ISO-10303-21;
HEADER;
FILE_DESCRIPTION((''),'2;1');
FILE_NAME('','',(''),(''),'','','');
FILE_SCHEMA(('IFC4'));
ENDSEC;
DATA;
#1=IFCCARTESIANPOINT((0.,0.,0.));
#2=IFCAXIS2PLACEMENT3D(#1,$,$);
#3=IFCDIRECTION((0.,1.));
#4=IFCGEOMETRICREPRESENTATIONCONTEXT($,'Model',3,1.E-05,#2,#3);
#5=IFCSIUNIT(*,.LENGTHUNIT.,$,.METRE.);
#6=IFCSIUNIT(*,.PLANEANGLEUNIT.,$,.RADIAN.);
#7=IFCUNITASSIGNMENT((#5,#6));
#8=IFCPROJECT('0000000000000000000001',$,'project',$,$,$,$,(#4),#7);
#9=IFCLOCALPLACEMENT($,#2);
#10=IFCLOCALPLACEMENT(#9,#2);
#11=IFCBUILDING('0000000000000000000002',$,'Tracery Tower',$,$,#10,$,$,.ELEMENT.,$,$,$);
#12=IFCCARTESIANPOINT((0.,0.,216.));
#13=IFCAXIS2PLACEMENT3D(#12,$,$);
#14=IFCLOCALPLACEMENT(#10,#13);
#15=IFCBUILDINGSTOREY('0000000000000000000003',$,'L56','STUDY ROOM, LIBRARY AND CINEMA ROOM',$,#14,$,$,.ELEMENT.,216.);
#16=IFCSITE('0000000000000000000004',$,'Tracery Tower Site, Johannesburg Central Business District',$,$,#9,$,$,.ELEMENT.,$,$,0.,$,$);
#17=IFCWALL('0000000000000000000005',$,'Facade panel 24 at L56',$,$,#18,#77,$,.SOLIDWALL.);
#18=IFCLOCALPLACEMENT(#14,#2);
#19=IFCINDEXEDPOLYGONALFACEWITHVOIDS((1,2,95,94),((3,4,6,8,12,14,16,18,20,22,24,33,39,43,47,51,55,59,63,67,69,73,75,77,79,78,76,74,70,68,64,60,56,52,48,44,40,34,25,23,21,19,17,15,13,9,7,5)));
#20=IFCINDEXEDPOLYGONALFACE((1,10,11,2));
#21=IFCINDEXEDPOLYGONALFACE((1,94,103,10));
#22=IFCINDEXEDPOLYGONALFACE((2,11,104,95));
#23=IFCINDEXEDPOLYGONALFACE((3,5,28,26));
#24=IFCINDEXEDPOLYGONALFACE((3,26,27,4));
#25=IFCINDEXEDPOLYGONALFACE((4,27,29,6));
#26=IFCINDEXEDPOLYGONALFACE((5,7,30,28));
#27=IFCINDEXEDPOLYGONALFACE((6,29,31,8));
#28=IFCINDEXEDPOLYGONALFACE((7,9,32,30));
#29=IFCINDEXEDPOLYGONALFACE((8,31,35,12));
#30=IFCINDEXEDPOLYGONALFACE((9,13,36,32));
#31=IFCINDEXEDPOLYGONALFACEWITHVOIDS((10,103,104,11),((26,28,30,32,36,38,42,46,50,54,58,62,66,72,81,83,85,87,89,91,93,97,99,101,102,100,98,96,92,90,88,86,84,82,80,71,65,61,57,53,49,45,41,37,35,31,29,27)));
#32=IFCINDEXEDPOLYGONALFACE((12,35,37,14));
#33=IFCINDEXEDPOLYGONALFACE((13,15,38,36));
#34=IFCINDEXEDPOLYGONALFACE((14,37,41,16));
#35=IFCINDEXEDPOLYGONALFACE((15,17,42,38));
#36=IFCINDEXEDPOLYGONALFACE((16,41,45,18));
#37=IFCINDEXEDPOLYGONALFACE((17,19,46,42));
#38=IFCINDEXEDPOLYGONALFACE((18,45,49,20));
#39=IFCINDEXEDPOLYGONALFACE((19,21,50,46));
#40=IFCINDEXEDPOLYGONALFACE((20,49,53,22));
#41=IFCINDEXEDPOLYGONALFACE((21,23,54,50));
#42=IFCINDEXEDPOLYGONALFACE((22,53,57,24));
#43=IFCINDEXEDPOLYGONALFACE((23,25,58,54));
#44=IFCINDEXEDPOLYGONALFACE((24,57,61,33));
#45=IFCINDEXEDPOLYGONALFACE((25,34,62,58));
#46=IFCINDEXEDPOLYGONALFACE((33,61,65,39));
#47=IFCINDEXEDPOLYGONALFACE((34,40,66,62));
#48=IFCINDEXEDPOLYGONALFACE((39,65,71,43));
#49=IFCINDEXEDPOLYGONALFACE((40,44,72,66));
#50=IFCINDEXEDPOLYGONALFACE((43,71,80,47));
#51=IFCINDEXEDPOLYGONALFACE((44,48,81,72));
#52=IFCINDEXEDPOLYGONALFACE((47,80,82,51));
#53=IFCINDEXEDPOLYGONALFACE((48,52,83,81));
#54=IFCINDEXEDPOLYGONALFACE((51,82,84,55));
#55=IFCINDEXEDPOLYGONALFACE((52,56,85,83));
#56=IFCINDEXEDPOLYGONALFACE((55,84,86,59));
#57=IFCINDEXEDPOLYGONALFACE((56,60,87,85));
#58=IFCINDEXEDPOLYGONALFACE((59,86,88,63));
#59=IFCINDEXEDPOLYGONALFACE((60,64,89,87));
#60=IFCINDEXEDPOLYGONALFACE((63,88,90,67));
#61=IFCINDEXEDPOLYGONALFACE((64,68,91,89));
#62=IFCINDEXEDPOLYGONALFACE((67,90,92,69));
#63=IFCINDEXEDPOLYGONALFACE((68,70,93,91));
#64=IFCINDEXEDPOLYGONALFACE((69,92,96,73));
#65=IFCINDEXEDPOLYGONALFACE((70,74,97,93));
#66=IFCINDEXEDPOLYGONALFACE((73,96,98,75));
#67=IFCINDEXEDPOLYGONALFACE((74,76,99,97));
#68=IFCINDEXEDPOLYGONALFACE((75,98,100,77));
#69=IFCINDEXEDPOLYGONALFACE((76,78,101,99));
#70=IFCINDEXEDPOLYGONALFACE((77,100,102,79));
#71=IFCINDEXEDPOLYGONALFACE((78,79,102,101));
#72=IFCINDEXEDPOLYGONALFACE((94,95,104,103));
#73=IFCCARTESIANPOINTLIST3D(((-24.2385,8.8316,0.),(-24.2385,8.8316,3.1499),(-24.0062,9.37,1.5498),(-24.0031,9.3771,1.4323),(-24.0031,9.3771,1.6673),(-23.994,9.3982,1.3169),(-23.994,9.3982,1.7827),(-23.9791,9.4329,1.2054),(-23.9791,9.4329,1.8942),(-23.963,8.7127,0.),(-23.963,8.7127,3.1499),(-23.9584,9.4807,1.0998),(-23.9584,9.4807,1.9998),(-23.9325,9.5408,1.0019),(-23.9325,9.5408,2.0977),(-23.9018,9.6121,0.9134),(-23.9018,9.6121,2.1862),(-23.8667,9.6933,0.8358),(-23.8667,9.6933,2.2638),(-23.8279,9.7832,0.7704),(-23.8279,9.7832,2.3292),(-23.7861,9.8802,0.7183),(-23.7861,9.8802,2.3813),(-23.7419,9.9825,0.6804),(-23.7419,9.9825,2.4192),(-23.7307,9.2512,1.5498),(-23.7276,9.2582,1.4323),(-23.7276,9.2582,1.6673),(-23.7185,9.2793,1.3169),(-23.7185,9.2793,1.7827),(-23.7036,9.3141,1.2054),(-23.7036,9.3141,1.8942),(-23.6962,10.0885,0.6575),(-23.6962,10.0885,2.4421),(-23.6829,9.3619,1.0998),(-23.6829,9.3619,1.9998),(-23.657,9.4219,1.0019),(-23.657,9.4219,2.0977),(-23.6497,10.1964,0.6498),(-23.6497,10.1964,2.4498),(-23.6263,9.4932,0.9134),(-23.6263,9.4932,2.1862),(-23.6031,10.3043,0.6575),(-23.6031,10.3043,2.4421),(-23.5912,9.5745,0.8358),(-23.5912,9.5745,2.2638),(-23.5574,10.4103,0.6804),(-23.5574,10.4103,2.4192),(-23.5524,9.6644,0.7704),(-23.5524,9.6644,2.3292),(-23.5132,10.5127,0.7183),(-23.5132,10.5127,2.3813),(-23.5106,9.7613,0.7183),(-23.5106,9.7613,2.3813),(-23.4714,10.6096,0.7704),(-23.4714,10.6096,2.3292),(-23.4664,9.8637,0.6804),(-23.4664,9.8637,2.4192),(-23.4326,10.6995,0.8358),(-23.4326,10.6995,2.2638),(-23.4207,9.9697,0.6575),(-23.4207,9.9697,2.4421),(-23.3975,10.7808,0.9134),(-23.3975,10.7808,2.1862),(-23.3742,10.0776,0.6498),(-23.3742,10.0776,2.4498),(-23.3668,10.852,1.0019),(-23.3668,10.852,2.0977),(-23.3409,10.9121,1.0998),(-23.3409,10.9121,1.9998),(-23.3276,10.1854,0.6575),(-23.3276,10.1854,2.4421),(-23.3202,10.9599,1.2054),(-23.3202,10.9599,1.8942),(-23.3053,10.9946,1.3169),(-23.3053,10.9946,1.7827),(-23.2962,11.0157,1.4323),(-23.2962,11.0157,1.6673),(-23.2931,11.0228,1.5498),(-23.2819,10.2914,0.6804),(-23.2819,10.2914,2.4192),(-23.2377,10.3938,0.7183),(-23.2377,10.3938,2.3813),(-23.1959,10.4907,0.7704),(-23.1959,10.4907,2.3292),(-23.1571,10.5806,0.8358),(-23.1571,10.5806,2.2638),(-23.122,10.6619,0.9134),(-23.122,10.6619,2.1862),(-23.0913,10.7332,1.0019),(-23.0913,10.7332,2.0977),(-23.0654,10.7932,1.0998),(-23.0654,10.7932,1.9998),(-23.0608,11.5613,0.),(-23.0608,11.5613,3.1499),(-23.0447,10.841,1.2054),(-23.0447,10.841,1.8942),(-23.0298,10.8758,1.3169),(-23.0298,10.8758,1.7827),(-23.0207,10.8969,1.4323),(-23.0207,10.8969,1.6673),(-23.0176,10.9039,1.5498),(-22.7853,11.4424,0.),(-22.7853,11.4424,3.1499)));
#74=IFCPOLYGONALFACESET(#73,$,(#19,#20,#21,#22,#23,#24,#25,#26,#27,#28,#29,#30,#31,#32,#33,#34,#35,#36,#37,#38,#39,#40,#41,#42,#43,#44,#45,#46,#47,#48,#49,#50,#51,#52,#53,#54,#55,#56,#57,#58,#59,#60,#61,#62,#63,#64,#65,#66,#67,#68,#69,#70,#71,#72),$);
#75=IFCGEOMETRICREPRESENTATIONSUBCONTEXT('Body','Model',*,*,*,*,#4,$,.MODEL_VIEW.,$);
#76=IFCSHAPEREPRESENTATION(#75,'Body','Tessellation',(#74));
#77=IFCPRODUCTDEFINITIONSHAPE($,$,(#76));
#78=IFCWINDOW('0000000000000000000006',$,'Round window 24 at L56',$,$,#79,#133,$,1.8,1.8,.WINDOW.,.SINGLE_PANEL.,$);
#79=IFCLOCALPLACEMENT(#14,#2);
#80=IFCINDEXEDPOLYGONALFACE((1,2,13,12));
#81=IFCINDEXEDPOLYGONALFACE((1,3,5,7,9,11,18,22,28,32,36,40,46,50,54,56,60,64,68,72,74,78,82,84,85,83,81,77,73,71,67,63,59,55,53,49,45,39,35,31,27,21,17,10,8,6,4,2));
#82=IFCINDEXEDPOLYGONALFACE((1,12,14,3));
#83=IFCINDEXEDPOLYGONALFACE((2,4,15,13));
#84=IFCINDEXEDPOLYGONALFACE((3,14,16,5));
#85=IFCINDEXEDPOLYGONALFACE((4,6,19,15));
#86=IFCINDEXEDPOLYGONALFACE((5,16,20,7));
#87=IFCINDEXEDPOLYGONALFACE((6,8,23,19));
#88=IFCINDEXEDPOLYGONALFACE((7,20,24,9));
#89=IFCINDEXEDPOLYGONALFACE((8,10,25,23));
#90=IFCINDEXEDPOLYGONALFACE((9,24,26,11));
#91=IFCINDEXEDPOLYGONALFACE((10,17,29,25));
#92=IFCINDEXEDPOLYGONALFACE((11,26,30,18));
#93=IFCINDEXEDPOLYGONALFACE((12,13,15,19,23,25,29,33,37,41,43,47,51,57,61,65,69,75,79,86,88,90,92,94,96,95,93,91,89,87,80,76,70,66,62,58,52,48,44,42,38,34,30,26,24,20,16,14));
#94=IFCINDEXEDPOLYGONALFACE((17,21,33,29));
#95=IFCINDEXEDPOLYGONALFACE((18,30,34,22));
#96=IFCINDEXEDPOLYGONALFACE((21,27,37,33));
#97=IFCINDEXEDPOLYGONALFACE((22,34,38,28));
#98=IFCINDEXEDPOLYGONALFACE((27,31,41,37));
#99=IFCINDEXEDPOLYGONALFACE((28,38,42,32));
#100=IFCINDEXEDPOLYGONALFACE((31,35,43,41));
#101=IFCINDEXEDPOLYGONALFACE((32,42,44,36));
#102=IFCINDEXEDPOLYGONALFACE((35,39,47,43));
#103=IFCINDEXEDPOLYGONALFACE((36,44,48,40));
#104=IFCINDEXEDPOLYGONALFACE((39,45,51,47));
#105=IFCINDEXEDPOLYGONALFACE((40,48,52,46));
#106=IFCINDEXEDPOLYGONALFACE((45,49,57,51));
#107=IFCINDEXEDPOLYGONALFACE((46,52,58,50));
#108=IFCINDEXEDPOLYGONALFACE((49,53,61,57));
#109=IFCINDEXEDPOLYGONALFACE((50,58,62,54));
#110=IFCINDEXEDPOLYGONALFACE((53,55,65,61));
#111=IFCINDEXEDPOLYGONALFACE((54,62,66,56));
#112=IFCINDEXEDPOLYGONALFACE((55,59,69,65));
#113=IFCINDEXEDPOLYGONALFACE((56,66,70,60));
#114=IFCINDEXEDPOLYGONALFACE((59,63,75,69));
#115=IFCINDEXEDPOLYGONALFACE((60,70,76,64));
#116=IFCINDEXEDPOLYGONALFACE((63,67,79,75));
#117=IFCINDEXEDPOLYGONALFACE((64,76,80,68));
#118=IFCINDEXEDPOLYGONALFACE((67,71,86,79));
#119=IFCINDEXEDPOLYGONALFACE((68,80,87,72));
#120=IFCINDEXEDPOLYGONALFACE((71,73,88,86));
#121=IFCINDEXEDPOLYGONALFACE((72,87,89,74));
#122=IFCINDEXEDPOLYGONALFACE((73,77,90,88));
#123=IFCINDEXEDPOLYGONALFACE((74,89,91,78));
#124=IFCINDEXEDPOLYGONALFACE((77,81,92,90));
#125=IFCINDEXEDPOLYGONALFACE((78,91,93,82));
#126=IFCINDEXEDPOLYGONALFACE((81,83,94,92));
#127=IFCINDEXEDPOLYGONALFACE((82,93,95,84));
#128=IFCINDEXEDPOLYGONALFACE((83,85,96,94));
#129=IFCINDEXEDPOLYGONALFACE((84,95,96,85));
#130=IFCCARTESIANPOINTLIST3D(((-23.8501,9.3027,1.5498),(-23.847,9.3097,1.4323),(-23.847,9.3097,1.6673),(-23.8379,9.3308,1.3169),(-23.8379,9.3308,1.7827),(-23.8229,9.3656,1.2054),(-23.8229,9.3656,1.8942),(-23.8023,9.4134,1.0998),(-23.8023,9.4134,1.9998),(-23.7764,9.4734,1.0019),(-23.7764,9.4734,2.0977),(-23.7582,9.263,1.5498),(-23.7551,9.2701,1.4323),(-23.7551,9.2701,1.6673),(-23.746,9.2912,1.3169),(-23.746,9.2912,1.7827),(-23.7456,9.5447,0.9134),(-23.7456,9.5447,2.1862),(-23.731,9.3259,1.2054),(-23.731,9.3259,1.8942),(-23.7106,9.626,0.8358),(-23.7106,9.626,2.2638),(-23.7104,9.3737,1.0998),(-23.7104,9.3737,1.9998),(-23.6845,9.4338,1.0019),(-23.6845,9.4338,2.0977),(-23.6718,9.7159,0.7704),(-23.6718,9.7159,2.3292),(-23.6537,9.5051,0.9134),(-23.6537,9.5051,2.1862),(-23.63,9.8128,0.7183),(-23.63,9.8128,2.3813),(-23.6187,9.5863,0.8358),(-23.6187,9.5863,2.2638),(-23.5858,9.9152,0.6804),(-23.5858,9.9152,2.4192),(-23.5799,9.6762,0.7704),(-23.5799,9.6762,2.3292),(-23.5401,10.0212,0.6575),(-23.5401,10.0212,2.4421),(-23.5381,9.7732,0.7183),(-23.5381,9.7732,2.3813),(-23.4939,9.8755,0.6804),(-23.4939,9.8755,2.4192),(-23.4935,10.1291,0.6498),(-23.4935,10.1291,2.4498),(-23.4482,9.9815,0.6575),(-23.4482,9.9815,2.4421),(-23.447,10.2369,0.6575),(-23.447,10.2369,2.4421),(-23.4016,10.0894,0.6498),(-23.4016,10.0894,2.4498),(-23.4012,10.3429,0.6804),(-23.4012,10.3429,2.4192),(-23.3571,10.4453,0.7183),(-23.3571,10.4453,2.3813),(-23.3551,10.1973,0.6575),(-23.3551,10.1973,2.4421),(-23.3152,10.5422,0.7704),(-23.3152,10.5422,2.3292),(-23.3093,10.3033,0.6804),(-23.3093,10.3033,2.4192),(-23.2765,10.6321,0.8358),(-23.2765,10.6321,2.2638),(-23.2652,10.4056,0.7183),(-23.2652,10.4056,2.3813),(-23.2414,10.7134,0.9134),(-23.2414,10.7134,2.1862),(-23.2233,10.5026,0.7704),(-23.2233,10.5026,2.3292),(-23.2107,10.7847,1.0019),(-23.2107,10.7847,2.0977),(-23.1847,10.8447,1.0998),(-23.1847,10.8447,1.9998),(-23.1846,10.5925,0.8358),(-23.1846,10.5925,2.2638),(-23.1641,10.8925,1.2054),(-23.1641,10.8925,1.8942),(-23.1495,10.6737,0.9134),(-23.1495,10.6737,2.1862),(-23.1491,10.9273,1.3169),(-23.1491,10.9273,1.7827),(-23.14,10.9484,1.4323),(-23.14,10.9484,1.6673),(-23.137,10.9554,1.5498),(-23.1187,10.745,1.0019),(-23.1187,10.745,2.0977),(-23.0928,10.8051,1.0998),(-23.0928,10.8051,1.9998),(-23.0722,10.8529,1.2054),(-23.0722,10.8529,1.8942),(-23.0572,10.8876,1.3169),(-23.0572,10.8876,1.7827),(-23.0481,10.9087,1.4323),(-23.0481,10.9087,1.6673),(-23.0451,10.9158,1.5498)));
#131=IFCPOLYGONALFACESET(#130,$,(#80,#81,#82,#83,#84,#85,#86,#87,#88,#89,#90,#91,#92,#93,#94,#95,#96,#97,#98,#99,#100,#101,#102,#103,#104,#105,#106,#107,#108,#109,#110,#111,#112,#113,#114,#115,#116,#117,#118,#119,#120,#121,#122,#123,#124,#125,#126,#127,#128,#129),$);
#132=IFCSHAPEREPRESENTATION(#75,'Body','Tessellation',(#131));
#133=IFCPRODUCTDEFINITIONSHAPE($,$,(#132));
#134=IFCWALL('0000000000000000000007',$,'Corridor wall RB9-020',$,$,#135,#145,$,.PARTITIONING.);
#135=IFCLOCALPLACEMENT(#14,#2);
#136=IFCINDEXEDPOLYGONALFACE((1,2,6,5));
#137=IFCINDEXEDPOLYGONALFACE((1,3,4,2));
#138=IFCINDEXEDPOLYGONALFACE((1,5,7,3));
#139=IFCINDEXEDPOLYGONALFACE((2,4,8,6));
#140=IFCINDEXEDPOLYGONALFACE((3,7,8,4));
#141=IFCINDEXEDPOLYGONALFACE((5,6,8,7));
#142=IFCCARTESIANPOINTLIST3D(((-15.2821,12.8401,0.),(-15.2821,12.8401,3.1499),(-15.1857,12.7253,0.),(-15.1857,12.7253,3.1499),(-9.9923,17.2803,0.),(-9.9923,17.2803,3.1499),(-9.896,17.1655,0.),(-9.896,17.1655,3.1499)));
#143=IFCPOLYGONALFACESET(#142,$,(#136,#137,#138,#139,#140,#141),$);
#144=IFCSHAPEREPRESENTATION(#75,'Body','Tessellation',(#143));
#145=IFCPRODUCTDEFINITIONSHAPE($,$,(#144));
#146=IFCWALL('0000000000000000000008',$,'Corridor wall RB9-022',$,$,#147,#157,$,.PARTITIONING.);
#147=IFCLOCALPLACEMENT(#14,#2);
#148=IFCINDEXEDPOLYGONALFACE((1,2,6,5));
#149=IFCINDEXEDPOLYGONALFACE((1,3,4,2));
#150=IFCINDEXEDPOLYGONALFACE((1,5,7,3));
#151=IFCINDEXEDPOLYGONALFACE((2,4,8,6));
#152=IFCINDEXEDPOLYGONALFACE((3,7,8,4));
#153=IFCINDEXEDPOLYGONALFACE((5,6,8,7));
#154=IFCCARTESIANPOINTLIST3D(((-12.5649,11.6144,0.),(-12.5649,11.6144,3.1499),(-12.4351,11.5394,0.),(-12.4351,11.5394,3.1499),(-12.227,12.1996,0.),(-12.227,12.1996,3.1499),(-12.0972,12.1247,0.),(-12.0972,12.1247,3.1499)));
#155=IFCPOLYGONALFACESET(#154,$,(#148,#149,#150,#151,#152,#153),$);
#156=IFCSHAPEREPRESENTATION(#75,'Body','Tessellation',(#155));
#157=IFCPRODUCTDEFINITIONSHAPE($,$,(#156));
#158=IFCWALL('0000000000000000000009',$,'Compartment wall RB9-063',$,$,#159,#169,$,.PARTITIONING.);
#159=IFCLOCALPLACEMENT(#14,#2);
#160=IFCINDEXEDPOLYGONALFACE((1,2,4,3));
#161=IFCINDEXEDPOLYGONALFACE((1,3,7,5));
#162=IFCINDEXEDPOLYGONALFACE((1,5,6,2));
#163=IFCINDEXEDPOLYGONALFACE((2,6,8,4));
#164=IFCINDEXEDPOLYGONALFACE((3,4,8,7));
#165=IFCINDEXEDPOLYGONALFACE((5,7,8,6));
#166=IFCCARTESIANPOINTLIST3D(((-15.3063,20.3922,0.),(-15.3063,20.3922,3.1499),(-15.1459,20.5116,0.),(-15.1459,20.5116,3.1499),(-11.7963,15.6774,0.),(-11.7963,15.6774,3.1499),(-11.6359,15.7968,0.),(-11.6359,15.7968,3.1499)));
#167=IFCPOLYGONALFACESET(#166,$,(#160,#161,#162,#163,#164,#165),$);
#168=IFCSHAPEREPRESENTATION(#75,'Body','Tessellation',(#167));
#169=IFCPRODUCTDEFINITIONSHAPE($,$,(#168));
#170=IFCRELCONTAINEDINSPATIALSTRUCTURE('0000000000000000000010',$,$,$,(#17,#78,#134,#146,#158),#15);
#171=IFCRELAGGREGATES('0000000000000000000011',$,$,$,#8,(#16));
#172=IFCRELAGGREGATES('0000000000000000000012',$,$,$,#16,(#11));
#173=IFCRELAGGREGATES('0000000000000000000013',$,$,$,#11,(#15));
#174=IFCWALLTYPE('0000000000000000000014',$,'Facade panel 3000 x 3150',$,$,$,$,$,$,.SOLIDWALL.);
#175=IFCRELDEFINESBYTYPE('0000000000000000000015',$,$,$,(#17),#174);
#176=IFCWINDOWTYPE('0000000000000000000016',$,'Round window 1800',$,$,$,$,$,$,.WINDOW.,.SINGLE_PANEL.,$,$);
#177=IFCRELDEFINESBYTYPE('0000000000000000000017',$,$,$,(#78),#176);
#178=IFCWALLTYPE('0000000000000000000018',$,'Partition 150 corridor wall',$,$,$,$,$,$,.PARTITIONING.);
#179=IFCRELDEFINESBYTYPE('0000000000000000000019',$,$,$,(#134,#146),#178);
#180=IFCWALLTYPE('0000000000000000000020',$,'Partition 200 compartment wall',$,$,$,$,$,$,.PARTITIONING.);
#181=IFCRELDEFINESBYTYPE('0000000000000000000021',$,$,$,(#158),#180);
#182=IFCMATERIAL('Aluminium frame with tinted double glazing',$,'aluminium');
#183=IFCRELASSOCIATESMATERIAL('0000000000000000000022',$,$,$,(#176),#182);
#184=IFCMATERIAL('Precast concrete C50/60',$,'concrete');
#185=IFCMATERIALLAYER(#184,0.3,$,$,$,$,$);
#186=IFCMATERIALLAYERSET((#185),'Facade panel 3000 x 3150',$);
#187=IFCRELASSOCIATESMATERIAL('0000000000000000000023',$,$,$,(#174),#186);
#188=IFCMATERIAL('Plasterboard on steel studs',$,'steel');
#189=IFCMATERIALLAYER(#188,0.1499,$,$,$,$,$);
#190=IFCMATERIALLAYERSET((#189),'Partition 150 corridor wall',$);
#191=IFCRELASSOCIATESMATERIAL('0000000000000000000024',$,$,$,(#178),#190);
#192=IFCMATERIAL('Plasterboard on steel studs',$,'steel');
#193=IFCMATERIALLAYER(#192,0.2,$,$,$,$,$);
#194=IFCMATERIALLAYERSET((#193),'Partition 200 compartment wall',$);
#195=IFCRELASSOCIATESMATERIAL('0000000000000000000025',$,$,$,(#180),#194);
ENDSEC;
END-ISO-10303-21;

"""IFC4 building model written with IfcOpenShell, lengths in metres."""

from ifc_helpers import new_model, si_unit, direction, frame, frame_2d, origin, origin_2d, place, context, subcontext, project, spatial, rectangle, circle, extrude, material, layer, layer_set, type_object, element, fill, save


model = new_model("IFC4")

# Units and contexts
model_context = context("Model", 3, precision=1e-05, world=origin(), true_north=direction((0.0, 1.0)))
body_context = subcontext(model_context, "Body", "Model", "MODEL_VIEW")
ifc_project = project(units=[si_unit("LENGTHUNIT", "METRE"), si_unit("PLANEANGLEUNIT", "RADIAN")], contexts=[model_context])

# Site, building, storey
site_placement = place(None, origin())
site = spatial("IfcSite", under=ifc_project, at=site_placement, Name="Tracery Tower Site, Johannesburg Central Business District", CompositionType="ELEMENT", RefElevation=0.0)
building_placement = place(site_placement, origin())
building = spatial("IfcBuilding", under=site, at=building_placement, Name="Tracery Tower", CompositionType="ELEMENT")
storey_placement = place(building_placement, frame((0.0, 0.0, 216.0)))
storey = spatial("IfcBuildingStorey", under=building, at=storey_placement, Name="L56", Description="STUDY ROOM, LIBRARY AND CINEMA ROOM", CompositionType="ELEMENT", Elevation=216.0)

# Wall, opening, window
ifc_material_1 = material(Name="Aluminium frame with tinted double glazing", Category="aluminium")
window_type = type_object("IfcWindowType", Name="Round window 1800", PartitioningType="SINGLE_PANEL", PredefinedType="WINDOW", material=ifc_material_1)
ifc_material_2 = material(Name="Precast concrete C50/60", Category="concrete")
ifc_layer_1 = layer(ifc_material_2, 0.3)
ifc_layer_set_1 = layer_set([ifc_layer_1], Name="Facade panel 3000 x 3150")
wall_type_1 = type_object("IfcWallType", Name="Facade panel 3000 x 3150", PredefinedType="SOLIDWALL", material=ifc_layer_set_1)
wall_1_placement = place(storey_placement, frame((-22.9231, 11.5017, 0.0), z_axis=(0.0, 0.0, 1.0), x_axis=(-0.396148, -0.918187, 0.0)))
wall_1 = element("IfcWall", 1, at=wall_1_placement, inside=storey, type_object=wall_type_1, Name="Facade panel 24 at L56", PredefinedType="SOLIDWALL", context=body_context, shape_type="SweptSolid", body=[
    extrude(rectangle(XDim=2.9729, YDim=0.3, at=frame_2d((1.4863, 0.0))), origin(), (0.0, 0.0, 1.0), 3.1499),
])
opening_1_placement = place(wall_1_placement, frame((1.4863, 0.0, 1.5498)))
opening_1 = element("IfcOpeningElement", 2, at=opening_1_placement, cuts=wall_1, PredefinedType="OPENING", context=body_context, shape_type="SweptSolid", body=[
    extrude(circle(Radius=0.9, at=origin_2d()), frame((0.0, 0.1599, 0.0), z_axis=(0.0, -1.0, 0.0), x_axis=(1.0, 0.0, 0.0)), (0.0, 0.0, 1.0), 0.3201),
])
window_1_placement = place(opening_1_placement, origin())
window_1 = element("IfcWindow", 3, at=window_1_placement, inside=storey, type_object=window_type, Name="Round window 24 at L56", OverallHeight=1.8, OverallWidth=1.8, PartitioningType="SINGLE_PANEL", PredefinedType="WINDOW", context=body_context, shape_type="SweptSolid", body=[
    extrude(circle(Radius=0.9, at=origin_2d()), frame((0.0, 0.1201, 0.0), z_axis=(0.0, -1.0, 0.0), x_axis=(1.0, 0.0, 0.0)), (0.0, 0.0, 1.0), 0.1001),
])
fill(opening_1, window_1)

# Walls
ifc_material_3 = material(Name="Plasterboard on steel studs", Category="steel")
ifc_layer_2 = layer(ifc_material_3, 0.1499)
ifc_layer_set_2 = layer_set([ifc_layer_2], Name="Partition 150 corridor wall")
wall_type_2 = type_object("IfcWallType", Name="Partition 150 corridor wall", PredefinedType="PARTITIONING", material=ifc_layer_set_2)
wall_2_placement = place(storey_placement, frame((-15.2339, 12.7827, 0.0), z_axis=(0.0, 0.0, 1.0), x_axis=(0.765936, 0.642917, 0.0)))
element("IfcWall", 4, at=wall_2_placement, inside=storey, type_object=wall_type_2, Name="Corridor wall RB9-020", PredefinedType="PARTITIONING", context=body_context, shape_type="SweptSolid", body=[
    extrude(rectangle(XDim=6.9062, YDim=0.1499, at=frame_2d((3.4531, 0.0))), origin(), (0.0, 0.0, 1.0), 3.1499),
])
wall_3_placement = place(storey_placement, frame((-12.5, 11.5769, 0.0), z_axis=(0.0, 0.0, 1.0), x_axis=(0.500025, 0.866011, 0.0)))
element("IfcWall", 5, at=wall_3_placement, inside=storey, type_object=wall_type_2, Name="Corridor wall RB9-022", PredefinedType="PARTITIONING", context=body_context, shape_type="SweptSolid", body=[
    extrude(rectangle(XDim=0.6758, YDim=0.1499, at=frame_2d((0.3379, 0.0))), origin(), (0.0, 0.0, 1.0), 3.1499),
])
ifc_material_4 = material(Name="Plasterboard on steel studs", Category="steel")
ifc_layer_3 = layer(ifc_material_4, 0.2)
ifc_layer_set_3 = layer_set([ifc_layer_3], Name="Partition 200 compartment wall")
wall_type_3 = type_object("IfcWallType", Name="Partition 200 compartment wall", PredefinedType="PARTITIONING", material=ifc_layer_set_3)
wall_4_placement = place(storey_placement, frame((-15.2261, 20.4519, 0.0), z_axis=(0.0, 0.0, 1.0), x_axis=(0.597152, -0.802128, 0.0)))
element("IfcWall", 6, at=wall_4_placement, inside=storey, type_object=wall_type_3, Name="Compartment wall RB9-063", PredefinedType="PARTITIONING", context=body_context, shape_type="SweptSolid", body=[
    extrude(rectangle(XDim=5.8779, YDim=0.2, at=frame_2d((2.939, 0.0))), origin(), (0.0, 0.0, 1.0), 3.1499),
])

save(model, "model.ifc")
